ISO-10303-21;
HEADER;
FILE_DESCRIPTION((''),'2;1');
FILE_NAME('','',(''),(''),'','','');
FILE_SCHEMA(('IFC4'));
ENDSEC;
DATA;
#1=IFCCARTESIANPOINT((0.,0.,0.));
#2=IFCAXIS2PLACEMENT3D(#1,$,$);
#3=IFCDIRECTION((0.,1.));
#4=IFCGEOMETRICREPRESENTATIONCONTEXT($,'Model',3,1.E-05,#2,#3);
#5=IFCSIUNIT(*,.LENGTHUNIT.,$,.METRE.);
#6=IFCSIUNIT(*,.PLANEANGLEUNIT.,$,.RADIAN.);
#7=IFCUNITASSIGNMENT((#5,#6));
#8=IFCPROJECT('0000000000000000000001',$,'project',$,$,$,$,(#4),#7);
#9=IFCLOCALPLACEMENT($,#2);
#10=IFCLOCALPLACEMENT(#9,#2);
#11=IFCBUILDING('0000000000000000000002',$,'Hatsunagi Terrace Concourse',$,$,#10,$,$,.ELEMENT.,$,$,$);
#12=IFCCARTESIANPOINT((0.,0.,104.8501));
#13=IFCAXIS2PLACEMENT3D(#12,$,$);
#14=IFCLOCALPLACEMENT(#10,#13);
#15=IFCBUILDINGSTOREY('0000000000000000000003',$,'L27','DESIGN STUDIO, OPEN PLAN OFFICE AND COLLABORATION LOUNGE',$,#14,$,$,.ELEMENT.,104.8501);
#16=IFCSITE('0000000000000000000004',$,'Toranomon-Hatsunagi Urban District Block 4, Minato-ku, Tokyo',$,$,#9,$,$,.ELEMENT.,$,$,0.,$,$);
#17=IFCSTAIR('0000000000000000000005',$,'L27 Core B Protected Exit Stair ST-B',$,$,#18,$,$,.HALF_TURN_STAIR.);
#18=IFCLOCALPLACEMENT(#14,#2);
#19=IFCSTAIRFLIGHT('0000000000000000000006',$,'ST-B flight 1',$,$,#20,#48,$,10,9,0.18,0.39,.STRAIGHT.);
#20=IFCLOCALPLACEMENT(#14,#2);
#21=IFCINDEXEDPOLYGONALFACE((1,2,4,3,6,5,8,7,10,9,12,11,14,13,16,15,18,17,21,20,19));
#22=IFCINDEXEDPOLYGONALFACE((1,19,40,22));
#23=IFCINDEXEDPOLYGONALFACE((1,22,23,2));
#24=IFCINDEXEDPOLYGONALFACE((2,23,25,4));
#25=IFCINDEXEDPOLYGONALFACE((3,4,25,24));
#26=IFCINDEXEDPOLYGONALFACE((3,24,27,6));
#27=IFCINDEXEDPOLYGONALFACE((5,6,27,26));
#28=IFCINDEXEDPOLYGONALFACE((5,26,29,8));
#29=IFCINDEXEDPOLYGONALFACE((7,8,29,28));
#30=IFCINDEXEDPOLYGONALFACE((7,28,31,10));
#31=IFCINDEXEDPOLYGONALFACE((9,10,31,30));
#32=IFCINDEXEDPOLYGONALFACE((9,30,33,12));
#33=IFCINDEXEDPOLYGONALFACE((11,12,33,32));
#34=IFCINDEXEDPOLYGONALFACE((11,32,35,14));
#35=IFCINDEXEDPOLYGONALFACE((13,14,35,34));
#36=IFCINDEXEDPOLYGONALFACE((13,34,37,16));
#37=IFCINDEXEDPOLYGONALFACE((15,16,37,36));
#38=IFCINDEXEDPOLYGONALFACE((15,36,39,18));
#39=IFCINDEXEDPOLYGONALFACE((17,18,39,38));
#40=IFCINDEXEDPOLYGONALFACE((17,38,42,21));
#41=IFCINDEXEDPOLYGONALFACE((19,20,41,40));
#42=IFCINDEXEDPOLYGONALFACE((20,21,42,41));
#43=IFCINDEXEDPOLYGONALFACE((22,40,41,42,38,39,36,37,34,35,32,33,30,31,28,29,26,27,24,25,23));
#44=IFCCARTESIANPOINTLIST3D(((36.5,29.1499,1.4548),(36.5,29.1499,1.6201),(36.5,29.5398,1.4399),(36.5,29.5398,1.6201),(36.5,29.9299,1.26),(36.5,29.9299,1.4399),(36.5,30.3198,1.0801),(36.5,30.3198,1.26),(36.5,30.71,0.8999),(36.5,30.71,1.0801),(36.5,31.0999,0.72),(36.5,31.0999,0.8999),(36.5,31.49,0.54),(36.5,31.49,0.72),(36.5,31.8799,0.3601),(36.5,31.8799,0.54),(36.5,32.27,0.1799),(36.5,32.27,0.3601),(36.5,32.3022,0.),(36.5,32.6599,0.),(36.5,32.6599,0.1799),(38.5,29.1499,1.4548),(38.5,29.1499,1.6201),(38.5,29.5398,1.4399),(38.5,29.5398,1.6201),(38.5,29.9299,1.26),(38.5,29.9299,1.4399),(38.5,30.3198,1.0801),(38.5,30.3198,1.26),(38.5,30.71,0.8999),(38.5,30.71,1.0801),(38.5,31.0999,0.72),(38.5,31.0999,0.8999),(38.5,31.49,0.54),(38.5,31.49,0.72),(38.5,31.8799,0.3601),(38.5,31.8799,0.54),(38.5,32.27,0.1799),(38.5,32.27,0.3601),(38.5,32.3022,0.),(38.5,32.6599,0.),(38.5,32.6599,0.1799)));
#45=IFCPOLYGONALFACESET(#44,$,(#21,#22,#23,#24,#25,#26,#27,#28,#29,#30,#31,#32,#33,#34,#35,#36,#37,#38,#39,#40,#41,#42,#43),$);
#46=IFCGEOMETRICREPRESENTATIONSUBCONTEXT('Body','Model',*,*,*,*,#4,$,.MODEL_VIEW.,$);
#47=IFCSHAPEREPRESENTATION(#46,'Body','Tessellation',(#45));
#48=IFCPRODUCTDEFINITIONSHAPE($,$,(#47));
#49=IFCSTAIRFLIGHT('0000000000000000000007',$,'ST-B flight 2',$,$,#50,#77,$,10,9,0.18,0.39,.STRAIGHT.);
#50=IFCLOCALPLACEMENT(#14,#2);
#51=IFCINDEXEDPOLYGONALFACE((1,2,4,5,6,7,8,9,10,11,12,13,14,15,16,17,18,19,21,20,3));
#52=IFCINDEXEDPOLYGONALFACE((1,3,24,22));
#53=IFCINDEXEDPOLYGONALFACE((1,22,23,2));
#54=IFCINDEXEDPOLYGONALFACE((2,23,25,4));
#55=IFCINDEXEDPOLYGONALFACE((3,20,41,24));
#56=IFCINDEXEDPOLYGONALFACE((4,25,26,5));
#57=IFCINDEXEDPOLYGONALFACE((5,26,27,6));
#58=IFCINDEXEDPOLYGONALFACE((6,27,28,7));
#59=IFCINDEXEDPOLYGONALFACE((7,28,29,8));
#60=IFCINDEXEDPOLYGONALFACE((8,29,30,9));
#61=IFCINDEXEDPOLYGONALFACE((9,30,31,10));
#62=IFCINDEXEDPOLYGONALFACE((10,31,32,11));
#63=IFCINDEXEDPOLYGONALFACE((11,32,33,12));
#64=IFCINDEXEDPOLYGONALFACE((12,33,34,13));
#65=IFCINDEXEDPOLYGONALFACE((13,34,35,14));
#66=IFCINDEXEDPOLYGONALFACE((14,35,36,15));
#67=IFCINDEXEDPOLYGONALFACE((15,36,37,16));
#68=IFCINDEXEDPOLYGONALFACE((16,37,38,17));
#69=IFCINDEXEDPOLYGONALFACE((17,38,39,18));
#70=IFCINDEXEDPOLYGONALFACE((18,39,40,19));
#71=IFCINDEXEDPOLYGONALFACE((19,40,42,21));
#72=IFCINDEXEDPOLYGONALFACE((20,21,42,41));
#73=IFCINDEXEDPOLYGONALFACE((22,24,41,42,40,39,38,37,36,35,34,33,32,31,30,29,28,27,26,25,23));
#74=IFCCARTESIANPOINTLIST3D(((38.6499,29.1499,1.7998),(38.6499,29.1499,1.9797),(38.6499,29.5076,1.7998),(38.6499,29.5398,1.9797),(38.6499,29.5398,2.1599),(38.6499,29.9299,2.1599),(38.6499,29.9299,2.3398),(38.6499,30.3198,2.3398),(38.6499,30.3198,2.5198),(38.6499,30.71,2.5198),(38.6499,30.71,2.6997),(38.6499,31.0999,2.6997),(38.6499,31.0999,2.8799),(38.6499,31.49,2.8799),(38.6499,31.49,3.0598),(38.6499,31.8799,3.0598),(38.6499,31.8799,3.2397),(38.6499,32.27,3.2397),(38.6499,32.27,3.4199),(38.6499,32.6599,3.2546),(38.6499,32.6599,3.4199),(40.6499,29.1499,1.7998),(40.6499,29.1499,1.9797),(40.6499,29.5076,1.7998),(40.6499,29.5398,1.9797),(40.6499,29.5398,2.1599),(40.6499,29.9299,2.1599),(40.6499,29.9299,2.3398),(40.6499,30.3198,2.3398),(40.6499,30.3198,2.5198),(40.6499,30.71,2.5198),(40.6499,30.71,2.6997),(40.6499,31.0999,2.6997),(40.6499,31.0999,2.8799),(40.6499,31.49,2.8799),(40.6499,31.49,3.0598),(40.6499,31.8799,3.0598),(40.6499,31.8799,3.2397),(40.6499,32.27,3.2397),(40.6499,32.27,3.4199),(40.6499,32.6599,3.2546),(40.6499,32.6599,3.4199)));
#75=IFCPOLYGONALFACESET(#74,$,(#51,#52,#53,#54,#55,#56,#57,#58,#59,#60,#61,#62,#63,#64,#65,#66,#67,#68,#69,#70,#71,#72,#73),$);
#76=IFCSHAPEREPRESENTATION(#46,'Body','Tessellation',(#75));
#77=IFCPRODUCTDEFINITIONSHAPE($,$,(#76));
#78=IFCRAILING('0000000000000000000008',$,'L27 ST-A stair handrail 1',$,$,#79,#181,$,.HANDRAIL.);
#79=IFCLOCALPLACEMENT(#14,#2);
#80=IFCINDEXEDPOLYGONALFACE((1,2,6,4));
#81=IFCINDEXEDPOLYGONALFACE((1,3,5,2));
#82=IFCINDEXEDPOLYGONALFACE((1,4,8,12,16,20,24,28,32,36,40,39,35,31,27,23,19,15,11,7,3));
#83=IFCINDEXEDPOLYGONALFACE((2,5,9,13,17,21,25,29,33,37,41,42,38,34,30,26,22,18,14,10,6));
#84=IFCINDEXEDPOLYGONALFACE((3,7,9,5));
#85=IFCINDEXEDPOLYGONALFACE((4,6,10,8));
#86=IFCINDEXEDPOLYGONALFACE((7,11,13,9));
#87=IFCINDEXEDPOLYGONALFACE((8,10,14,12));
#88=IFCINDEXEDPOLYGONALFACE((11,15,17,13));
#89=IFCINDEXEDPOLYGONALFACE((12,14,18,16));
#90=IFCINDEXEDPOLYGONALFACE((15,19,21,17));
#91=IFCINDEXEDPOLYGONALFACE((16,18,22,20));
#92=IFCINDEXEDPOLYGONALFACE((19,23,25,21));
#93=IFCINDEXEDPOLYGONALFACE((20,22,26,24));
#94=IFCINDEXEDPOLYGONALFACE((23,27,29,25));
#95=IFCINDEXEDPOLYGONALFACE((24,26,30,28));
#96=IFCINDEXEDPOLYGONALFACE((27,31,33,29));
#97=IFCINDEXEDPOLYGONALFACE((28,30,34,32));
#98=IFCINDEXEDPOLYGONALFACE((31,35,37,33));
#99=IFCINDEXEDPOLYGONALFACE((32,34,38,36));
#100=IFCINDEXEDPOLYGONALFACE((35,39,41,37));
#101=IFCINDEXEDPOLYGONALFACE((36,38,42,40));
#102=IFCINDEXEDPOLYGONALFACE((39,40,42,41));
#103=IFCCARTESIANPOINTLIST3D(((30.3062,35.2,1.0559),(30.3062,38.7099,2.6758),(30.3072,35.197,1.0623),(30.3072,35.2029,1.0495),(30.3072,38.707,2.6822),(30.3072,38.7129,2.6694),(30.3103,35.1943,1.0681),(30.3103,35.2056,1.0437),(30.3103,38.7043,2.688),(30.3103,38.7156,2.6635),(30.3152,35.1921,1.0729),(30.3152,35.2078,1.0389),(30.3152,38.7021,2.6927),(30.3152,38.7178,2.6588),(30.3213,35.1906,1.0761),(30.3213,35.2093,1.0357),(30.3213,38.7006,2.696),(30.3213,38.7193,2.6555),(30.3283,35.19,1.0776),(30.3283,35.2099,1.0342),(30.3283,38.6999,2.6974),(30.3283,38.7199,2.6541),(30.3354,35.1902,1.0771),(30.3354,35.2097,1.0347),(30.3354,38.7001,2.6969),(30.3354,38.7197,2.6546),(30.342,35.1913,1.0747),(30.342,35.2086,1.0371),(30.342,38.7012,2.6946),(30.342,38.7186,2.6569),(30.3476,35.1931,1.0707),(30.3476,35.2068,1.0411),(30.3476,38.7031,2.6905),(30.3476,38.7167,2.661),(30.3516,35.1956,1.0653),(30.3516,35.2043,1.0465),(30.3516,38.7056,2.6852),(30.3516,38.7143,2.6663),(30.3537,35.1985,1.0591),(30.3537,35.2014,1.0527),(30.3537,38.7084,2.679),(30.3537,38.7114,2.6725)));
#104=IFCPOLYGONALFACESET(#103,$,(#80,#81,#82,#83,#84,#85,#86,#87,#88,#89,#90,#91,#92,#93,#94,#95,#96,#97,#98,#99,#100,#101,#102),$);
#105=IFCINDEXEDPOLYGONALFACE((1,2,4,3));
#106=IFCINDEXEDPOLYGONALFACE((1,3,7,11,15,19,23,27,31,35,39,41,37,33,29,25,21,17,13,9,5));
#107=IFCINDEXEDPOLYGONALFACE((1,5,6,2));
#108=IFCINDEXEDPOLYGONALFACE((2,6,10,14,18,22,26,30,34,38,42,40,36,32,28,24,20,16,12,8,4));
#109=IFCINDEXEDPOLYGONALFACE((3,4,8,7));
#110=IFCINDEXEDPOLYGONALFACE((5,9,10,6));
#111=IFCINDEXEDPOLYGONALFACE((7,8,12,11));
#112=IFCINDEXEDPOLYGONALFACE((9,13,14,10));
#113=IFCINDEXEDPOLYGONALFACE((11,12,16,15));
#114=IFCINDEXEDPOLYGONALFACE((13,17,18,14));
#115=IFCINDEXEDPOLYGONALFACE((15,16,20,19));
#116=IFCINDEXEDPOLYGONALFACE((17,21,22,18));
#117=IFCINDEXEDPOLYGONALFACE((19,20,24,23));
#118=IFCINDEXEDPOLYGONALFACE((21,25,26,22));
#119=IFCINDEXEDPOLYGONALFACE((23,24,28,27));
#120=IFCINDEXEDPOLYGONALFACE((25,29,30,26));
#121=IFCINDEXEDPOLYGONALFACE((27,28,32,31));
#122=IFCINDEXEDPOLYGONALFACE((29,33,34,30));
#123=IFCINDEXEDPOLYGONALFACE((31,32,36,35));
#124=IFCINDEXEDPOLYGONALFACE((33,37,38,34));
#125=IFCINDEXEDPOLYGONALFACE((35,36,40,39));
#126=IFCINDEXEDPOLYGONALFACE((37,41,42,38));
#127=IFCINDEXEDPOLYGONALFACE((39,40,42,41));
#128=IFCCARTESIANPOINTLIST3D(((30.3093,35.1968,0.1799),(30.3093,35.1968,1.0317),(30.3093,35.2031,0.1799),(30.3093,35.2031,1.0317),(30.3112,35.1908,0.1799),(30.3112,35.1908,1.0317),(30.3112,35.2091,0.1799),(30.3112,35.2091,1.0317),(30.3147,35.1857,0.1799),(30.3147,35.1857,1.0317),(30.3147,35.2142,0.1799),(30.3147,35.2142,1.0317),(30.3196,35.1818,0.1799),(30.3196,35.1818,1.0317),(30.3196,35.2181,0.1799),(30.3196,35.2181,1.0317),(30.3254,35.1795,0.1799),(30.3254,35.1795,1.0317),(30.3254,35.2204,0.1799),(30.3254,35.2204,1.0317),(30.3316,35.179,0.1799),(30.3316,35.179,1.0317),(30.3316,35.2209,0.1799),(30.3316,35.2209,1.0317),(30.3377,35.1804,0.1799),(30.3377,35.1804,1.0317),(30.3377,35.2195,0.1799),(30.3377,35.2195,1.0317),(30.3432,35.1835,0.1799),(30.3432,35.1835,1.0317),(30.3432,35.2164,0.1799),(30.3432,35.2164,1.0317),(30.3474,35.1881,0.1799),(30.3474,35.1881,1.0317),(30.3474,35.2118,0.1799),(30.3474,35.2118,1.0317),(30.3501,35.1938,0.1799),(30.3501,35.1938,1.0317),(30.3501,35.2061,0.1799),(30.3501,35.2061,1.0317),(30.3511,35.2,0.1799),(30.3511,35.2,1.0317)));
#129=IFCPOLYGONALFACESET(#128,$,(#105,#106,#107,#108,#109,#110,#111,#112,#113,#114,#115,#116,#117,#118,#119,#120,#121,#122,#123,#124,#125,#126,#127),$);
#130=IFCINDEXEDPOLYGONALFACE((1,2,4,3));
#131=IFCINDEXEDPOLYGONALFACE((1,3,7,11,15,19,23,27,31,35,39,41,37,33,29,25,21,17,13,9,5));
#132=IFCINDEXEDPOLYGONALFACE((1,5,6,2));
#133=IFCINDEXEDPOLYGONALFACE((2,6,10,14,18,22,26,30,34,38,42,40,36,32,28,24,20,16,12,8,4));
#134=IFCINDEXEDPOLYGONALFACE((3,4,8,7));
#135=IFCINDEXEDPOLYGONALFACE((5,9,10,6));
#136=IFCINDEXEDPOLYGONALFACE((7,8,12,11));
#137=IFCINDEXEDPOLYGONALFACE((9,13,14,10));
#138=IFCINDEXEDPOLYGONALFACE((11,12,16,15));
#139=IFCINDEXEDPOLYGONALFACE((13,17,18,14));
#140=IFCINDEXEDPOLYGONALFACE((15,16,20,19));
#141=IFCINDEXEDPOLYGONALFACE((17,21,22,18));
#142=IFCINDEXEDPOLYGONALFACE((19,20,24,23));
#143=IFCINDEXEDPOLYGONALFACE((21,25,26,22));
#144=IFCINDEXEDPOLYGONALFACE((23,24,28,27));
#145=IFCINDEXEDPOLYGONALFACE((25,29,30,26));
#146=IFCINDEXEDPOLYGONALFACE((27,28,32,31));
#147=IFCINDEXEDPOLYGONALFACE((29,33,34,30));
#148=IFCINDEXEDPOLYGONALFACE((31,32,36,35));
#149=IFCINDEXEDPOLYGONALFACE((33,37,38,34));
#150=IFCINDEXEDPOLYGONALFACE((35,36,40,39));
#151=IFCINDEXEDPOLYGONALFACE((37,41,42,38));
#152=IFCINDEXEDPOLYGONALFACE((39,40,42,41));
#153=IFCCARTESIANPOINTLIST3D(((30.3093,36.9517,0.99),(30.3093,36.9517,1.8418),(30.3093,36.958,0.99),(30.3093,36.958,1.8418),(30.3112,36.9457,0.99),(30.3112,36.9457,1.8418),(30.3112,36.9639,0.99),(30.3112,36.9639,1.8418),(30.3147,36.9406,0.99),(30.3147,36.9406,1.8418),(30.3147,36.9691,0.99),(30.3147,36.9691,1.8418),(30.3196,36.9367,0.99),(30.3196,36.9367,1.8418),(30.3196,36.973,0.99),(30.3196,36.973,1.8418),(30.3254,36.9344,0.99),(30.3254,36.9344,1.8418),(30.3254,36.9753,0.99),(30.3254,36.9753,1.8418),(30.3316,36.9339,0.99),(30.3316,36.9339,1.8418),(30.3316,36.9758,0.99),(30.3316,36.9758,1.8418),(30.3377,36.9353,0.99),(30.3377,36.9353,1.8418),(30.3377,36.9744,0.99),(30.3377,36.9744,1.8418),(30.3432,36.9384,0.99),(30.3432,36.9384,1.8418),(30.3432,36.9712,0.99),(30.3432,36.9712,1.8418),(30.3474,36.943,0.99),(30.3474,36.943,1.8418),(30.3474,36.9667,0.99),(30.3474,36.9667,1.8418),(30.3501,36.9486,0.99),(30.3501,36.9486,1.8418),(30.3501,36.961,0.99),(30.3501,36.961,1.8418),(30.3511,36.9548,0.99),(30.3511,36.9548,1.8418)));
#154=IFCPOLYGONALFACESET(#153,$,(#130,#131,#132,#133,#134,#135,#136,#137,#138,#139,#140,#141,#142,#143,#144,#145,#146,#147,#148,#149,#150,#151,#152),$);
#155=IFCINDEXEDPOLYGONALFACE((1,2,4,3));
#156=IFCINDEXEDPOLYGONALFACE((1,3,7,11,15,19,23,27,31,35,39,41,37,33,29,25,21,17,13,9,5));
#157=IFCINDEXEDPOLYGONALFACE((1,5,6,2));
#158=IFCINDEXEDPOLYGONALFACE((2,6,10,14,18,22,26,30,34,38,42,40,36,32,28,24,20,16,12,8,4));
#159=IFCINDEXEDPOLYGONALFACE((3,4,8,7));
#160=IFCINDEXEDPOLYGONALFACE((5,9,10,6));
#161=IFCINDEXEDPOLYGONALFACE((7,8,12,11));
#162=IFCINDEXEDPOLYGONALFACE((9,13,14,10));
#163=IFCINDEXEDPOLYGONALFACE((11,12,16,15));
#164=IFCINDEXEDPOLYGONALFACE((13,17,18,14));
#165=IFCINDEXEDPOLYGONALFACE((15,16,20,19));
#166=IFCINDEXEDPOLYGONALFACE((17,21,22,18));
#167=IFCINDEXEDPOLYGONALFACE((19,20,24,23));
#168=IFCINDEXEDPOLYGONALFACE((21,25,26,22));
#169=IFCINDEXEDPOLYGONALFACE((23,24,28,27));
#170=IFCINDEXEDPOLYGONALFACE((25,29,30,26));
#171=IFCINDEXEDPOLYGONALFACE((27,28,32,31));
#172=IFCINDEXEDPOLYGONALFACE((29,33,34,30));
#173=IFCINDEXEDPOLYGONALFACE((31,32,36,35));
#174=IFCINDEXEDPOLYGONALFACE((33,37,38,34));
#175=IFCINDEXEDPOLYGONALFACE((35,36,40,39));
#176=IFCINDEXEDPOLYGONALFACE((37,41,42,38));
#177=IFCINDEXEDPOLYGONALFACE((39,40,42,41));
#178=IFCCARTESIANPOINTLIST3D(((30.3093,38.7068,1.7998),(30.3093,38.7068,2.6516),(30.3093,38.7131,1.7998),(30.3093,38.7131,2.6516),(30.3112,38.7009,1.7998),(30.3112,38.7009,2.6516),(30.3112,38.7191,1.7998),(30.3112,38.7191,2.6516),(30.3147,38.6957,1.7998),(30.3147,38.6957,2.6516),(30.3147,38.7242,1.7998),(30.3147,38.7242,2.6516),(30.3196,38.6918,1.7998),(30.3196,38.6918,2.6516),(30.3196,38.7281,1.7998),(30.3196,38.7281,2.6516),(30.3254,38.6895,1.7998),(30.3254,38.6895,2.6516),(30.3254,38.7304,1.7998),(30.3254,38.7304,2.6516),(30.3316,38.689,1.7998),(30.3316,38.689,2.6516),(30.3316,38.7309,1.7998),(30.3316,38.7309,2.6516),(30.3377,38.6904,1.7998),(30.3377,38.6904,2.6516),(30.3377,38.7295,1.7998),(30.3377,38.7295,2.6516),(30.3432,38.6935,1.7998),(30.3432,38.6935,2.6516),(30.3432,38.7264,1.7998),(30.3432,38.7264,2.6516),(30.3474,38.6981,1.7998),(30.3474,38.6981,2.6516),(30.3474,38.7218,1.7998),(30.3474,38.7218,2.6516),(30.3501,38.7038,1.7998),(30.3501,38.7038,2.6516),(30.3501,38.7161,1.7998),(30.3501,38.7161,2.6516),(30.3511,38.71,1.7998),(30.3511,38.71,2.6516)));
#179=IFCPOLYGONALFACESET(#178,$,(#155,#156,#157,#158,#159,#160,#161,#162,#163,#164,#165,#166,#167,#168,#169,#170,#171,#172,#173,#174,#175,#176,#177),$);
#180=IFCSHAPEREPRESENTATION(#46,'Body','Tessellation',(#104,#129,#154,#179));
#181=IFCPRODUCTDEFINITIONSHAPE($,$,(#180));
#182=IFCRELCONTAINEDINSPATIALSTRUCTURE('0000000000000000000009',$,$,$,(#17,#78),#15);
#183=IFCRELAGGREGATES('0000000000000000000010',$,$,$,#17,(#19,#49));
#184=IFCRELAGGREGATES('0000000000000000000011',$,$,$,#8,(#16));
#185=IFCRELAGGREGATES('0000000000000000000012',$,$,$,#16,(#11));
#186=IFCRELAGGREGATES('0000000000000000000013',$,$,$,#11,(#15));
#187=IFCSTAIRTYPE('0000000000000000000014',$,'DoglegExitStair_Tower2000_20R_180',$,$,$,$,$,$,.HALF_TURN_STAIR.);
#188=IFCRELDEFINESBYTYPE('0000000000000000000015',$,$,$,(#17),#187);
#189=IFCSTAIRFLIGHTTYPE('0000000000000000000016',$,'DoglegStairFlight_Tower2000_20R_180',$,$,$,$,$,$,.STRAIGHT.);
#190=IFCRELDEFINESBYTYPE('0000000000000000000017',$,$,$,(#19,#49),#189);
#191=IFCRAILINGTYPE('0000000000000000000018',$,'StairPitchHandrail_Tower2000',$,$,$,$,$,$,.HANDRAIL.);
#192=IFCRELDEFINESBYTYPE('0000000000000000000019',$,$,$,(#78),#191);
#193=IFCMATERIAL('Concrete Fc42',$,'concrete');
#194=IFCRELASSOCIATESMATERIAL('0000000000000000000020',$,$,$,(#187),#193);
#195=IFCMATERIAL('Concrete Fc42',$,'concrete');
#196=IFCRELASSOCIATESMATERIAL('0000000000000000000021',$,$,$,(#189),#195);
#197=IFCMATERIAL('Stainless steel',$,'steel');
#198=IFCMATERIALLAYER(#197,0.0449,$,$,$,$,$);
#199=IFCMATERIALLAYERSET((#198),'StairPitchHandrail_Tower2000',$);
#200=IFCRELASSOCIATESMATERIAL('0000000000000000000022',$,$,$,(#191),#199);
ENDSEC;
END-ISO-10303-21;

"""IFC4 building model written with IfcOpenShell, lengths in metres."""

from ifc_helpers import new_model, si_unit, direction, frame, origin, origin_2d, place, context, subcontext, project, spatial, polyline, circle, outline, extrude, material, layer, layer_set, type_object, element, aggregate, save


model = new_model("IFC4")

# Units and contexts
model_context = context("Model", 3, precision=1e-05, world=origin(), true_north=direction((0.0, 1.0)))
body_context = subcontext(model_context, "Body", "Model", "MODEL_VIEW")
ifc_project = project(units=[si_unit("LENGTHUNIT", "METRE"), si_unit("PLANEANGLEUNIT", "RADIAN")], contexts=[model_context])

# Site, building, storey
site_placement = place(None, origin())
site = spatial("IfcSite", under=ifc_project, at=site_placement, Name="Toranomon-Hatsunagi Urban District Block 4, Minato-ku, Tokyo", CompositionType="ELEMENT", RefElevation=0.0)
building_placement = place(site_placement, origin())
building = spatial("IfcBuilding", under=site, at=building_placement, Name="Hatsunagi Terrace Concourse", CompositionType="ELEMENT")
storey_placement = place(building_placement, frame((0.0, 0.0, 104.8501)))
storey = spatial("IfcBuildingStorey", under=building, at=storey_placement, Name="L27", Description="DESIGN STUDIO, OPEN PLAN OFFICE AND COLLABORATION LOUNGE", CompositionType="ELEMENT", Elevation=104.8501)

# Shared definitions
ifc_material_1 = material(Name="Concrete Fc42", Category="concrete")
stair_type = type_object("IfcStairType", Name="DoglegExitStair_Tower2000_20R_180", PredefinedType="HALF_TURN_STAIR", material=ifc_material_1)
ifc_material_2 = material(Name="Concrete Fc42", Category="concrete")
stair_flight_type = type_object("IfcStairFlightType", Name="DoglegStairFlight_Tower2000_20R_180", PredefinedType="STRAIGHT", material=ifc_material_2)

# Stair, stair flights
stair_1_placement = place(storey_placement, origin())
stair_1 = element("IfcStair", 1, at=stair_1_placement, inside=storey, type_object=stair_type, Name="L27 Core B Protected Exit Stair ST-B", PredefinedType="HALF_TURN_STAIR")
stair_flight_1_placement = place(storey_placement, frame((37.5, 32.6599, 0.0), z_axis=(0.0, 0.0, 1.0), x_axis=(0.0, -1.0, 0.0)))
stair_flight_1 = element("IfcStairFlight", 2, at=stair_flight_1_placement, type_object=stair_flight_type, Name="ST-B flight 1", NumberOfRisers=10, NumberOfTreads=9, PredefinedType="STRAIGHT", RiserHeight=0.18, TreadLength=0.39, context=body_context, shape_type="SweptSolid", body=[
    extrude(outline(polyline([(0.0, 0.0), (0.0, 0.1799), (0.3899, 0.1799), (0.3899, 0.3601), (0.78, 0.3601), (0.78, 0.54), (1.1699, 0.54), (1.1699, 0.72), (1.5601, 0.72), (1.5601, 0.8999), (1.95, 0.8999), (1.95, 1.0801), (2.3401, 1.0801), (2.3401, 1.26), (2.73, 1.26), (2.73, 1.4399), (3.1201, 1.4399), (3.1201, 1.6201), (3.51, 1.6201), (3.51, 1.8), (3.51, 1.4548), (0.3577, 0.0), (0.0, 0.0)])), frame((0.0, 1.0, 0.0), z_axis=(0.0, -1.0, 0.0), x_axis=(1.0, 0.0, 0.0)), (0.0, 0.0, 1.0), 2.0),
])
stair_flight_2_placement = place(storey_placement, frame((39.6499, 29.1499, 1.7998), z_axis=(0.0, 0.0, 1.0), x_axis=(0.0, 1.0, 0.0)))
stair_flight_2 = element("IfcStairFlight", 3, at=stair_flight_2_placement, type_object=stair_flight_type, Name="ST-B flight 2", NumberOfRisers=10, NumberOfTreads=9, PredefinedType="STRAIGHT", RiserHeight=0.18, TreadLength=0.39, context=body_context, shape_type="SweptSolid", body=[
    extrude(outline(polyline([(0.0, 0.0), (0.0, 0.1799), (0.3899, 0.1799), (0.3899, 0.3601), (0.78, 0.3601), (0.78, 0.54), (1.1699, 0.54), (1.1699, 0.72), (1.5601, 0.72), (1.5601, 0.8999), (1.95, 0.8999), (1.95, 1.0801), (2.3401, 1.0801), (2.3401, 1.26), (2.73, 1.26), (2.73, 1.4399), (3.1201, 1.4399), (3.1201, 1.6201), (3.51, 1.6201), (3.51, 1.8), (3.51, 1.4548), (0.3577, 0.0), (0.0, 0.0)])), frame((0.0, 1.0, 0.0), z_axis=(0.0, -1.0, 0.0), x_axis=(1.0, 0.0, 0.0)), (0.0, 0.0, 1.0), 2.0),
])
aggregate(stair_1, [stair_flight_1, stair_flight_2])

# Railing
ifc_material_3 = material(Name="Stainless steel", Category="steel")
ifc_layer_1 = layer(ifc_material_3, 0.0449)
ifc_layer_set_1 = layer_set([ifc_layer_1], Name="StairPitchHandrail_Tower2000")
railing_type_1 = type_object("IfcRailingType", Name="StairPitchHandrail_Tower2000", PredefinedType="HANDRAIL", material=ifc_layer_set_1)
railing_1_placement = place(storey_placement, frame((30.3301, 35.2, 0.1799)))
element("IfcRailing", 4, at=railing_1_placement, inside=storey, type_object=railing_type_1, Name="L27 ST-A stair handrail 1", PredefinedType="HANDRAIL", context=body_context, shape_type="SweptSolid", body=[
    extrude(circle(Radius=0.0239, at=origin_2d()), frame((0.0, 0.0, 0.876), z_axis=(0.0, 0.907972, 0.41903), x_axis=(-1.0, 0.0, 0.0)), (0.0, 0.0, 1.0), 3.8657),
    extrude(circle(Radius=0.021, at=origin_2d()), origin(), (0.0, 0.0, 1.0), 0.8518),
    extrude(circle(Radius=0.021, at=origin_2d()), frame((0.0, 1.7549, 0.8101)), (0.0, 0.0, 1.0), 0.8518),
    extrude(circle(Radius=0.021, at=origin_2d()), frame((0.0, 3.51, 1.6199)), (0.0, 0.0, 1.0), 0.8518),
])

save(model, "model.ifc")
